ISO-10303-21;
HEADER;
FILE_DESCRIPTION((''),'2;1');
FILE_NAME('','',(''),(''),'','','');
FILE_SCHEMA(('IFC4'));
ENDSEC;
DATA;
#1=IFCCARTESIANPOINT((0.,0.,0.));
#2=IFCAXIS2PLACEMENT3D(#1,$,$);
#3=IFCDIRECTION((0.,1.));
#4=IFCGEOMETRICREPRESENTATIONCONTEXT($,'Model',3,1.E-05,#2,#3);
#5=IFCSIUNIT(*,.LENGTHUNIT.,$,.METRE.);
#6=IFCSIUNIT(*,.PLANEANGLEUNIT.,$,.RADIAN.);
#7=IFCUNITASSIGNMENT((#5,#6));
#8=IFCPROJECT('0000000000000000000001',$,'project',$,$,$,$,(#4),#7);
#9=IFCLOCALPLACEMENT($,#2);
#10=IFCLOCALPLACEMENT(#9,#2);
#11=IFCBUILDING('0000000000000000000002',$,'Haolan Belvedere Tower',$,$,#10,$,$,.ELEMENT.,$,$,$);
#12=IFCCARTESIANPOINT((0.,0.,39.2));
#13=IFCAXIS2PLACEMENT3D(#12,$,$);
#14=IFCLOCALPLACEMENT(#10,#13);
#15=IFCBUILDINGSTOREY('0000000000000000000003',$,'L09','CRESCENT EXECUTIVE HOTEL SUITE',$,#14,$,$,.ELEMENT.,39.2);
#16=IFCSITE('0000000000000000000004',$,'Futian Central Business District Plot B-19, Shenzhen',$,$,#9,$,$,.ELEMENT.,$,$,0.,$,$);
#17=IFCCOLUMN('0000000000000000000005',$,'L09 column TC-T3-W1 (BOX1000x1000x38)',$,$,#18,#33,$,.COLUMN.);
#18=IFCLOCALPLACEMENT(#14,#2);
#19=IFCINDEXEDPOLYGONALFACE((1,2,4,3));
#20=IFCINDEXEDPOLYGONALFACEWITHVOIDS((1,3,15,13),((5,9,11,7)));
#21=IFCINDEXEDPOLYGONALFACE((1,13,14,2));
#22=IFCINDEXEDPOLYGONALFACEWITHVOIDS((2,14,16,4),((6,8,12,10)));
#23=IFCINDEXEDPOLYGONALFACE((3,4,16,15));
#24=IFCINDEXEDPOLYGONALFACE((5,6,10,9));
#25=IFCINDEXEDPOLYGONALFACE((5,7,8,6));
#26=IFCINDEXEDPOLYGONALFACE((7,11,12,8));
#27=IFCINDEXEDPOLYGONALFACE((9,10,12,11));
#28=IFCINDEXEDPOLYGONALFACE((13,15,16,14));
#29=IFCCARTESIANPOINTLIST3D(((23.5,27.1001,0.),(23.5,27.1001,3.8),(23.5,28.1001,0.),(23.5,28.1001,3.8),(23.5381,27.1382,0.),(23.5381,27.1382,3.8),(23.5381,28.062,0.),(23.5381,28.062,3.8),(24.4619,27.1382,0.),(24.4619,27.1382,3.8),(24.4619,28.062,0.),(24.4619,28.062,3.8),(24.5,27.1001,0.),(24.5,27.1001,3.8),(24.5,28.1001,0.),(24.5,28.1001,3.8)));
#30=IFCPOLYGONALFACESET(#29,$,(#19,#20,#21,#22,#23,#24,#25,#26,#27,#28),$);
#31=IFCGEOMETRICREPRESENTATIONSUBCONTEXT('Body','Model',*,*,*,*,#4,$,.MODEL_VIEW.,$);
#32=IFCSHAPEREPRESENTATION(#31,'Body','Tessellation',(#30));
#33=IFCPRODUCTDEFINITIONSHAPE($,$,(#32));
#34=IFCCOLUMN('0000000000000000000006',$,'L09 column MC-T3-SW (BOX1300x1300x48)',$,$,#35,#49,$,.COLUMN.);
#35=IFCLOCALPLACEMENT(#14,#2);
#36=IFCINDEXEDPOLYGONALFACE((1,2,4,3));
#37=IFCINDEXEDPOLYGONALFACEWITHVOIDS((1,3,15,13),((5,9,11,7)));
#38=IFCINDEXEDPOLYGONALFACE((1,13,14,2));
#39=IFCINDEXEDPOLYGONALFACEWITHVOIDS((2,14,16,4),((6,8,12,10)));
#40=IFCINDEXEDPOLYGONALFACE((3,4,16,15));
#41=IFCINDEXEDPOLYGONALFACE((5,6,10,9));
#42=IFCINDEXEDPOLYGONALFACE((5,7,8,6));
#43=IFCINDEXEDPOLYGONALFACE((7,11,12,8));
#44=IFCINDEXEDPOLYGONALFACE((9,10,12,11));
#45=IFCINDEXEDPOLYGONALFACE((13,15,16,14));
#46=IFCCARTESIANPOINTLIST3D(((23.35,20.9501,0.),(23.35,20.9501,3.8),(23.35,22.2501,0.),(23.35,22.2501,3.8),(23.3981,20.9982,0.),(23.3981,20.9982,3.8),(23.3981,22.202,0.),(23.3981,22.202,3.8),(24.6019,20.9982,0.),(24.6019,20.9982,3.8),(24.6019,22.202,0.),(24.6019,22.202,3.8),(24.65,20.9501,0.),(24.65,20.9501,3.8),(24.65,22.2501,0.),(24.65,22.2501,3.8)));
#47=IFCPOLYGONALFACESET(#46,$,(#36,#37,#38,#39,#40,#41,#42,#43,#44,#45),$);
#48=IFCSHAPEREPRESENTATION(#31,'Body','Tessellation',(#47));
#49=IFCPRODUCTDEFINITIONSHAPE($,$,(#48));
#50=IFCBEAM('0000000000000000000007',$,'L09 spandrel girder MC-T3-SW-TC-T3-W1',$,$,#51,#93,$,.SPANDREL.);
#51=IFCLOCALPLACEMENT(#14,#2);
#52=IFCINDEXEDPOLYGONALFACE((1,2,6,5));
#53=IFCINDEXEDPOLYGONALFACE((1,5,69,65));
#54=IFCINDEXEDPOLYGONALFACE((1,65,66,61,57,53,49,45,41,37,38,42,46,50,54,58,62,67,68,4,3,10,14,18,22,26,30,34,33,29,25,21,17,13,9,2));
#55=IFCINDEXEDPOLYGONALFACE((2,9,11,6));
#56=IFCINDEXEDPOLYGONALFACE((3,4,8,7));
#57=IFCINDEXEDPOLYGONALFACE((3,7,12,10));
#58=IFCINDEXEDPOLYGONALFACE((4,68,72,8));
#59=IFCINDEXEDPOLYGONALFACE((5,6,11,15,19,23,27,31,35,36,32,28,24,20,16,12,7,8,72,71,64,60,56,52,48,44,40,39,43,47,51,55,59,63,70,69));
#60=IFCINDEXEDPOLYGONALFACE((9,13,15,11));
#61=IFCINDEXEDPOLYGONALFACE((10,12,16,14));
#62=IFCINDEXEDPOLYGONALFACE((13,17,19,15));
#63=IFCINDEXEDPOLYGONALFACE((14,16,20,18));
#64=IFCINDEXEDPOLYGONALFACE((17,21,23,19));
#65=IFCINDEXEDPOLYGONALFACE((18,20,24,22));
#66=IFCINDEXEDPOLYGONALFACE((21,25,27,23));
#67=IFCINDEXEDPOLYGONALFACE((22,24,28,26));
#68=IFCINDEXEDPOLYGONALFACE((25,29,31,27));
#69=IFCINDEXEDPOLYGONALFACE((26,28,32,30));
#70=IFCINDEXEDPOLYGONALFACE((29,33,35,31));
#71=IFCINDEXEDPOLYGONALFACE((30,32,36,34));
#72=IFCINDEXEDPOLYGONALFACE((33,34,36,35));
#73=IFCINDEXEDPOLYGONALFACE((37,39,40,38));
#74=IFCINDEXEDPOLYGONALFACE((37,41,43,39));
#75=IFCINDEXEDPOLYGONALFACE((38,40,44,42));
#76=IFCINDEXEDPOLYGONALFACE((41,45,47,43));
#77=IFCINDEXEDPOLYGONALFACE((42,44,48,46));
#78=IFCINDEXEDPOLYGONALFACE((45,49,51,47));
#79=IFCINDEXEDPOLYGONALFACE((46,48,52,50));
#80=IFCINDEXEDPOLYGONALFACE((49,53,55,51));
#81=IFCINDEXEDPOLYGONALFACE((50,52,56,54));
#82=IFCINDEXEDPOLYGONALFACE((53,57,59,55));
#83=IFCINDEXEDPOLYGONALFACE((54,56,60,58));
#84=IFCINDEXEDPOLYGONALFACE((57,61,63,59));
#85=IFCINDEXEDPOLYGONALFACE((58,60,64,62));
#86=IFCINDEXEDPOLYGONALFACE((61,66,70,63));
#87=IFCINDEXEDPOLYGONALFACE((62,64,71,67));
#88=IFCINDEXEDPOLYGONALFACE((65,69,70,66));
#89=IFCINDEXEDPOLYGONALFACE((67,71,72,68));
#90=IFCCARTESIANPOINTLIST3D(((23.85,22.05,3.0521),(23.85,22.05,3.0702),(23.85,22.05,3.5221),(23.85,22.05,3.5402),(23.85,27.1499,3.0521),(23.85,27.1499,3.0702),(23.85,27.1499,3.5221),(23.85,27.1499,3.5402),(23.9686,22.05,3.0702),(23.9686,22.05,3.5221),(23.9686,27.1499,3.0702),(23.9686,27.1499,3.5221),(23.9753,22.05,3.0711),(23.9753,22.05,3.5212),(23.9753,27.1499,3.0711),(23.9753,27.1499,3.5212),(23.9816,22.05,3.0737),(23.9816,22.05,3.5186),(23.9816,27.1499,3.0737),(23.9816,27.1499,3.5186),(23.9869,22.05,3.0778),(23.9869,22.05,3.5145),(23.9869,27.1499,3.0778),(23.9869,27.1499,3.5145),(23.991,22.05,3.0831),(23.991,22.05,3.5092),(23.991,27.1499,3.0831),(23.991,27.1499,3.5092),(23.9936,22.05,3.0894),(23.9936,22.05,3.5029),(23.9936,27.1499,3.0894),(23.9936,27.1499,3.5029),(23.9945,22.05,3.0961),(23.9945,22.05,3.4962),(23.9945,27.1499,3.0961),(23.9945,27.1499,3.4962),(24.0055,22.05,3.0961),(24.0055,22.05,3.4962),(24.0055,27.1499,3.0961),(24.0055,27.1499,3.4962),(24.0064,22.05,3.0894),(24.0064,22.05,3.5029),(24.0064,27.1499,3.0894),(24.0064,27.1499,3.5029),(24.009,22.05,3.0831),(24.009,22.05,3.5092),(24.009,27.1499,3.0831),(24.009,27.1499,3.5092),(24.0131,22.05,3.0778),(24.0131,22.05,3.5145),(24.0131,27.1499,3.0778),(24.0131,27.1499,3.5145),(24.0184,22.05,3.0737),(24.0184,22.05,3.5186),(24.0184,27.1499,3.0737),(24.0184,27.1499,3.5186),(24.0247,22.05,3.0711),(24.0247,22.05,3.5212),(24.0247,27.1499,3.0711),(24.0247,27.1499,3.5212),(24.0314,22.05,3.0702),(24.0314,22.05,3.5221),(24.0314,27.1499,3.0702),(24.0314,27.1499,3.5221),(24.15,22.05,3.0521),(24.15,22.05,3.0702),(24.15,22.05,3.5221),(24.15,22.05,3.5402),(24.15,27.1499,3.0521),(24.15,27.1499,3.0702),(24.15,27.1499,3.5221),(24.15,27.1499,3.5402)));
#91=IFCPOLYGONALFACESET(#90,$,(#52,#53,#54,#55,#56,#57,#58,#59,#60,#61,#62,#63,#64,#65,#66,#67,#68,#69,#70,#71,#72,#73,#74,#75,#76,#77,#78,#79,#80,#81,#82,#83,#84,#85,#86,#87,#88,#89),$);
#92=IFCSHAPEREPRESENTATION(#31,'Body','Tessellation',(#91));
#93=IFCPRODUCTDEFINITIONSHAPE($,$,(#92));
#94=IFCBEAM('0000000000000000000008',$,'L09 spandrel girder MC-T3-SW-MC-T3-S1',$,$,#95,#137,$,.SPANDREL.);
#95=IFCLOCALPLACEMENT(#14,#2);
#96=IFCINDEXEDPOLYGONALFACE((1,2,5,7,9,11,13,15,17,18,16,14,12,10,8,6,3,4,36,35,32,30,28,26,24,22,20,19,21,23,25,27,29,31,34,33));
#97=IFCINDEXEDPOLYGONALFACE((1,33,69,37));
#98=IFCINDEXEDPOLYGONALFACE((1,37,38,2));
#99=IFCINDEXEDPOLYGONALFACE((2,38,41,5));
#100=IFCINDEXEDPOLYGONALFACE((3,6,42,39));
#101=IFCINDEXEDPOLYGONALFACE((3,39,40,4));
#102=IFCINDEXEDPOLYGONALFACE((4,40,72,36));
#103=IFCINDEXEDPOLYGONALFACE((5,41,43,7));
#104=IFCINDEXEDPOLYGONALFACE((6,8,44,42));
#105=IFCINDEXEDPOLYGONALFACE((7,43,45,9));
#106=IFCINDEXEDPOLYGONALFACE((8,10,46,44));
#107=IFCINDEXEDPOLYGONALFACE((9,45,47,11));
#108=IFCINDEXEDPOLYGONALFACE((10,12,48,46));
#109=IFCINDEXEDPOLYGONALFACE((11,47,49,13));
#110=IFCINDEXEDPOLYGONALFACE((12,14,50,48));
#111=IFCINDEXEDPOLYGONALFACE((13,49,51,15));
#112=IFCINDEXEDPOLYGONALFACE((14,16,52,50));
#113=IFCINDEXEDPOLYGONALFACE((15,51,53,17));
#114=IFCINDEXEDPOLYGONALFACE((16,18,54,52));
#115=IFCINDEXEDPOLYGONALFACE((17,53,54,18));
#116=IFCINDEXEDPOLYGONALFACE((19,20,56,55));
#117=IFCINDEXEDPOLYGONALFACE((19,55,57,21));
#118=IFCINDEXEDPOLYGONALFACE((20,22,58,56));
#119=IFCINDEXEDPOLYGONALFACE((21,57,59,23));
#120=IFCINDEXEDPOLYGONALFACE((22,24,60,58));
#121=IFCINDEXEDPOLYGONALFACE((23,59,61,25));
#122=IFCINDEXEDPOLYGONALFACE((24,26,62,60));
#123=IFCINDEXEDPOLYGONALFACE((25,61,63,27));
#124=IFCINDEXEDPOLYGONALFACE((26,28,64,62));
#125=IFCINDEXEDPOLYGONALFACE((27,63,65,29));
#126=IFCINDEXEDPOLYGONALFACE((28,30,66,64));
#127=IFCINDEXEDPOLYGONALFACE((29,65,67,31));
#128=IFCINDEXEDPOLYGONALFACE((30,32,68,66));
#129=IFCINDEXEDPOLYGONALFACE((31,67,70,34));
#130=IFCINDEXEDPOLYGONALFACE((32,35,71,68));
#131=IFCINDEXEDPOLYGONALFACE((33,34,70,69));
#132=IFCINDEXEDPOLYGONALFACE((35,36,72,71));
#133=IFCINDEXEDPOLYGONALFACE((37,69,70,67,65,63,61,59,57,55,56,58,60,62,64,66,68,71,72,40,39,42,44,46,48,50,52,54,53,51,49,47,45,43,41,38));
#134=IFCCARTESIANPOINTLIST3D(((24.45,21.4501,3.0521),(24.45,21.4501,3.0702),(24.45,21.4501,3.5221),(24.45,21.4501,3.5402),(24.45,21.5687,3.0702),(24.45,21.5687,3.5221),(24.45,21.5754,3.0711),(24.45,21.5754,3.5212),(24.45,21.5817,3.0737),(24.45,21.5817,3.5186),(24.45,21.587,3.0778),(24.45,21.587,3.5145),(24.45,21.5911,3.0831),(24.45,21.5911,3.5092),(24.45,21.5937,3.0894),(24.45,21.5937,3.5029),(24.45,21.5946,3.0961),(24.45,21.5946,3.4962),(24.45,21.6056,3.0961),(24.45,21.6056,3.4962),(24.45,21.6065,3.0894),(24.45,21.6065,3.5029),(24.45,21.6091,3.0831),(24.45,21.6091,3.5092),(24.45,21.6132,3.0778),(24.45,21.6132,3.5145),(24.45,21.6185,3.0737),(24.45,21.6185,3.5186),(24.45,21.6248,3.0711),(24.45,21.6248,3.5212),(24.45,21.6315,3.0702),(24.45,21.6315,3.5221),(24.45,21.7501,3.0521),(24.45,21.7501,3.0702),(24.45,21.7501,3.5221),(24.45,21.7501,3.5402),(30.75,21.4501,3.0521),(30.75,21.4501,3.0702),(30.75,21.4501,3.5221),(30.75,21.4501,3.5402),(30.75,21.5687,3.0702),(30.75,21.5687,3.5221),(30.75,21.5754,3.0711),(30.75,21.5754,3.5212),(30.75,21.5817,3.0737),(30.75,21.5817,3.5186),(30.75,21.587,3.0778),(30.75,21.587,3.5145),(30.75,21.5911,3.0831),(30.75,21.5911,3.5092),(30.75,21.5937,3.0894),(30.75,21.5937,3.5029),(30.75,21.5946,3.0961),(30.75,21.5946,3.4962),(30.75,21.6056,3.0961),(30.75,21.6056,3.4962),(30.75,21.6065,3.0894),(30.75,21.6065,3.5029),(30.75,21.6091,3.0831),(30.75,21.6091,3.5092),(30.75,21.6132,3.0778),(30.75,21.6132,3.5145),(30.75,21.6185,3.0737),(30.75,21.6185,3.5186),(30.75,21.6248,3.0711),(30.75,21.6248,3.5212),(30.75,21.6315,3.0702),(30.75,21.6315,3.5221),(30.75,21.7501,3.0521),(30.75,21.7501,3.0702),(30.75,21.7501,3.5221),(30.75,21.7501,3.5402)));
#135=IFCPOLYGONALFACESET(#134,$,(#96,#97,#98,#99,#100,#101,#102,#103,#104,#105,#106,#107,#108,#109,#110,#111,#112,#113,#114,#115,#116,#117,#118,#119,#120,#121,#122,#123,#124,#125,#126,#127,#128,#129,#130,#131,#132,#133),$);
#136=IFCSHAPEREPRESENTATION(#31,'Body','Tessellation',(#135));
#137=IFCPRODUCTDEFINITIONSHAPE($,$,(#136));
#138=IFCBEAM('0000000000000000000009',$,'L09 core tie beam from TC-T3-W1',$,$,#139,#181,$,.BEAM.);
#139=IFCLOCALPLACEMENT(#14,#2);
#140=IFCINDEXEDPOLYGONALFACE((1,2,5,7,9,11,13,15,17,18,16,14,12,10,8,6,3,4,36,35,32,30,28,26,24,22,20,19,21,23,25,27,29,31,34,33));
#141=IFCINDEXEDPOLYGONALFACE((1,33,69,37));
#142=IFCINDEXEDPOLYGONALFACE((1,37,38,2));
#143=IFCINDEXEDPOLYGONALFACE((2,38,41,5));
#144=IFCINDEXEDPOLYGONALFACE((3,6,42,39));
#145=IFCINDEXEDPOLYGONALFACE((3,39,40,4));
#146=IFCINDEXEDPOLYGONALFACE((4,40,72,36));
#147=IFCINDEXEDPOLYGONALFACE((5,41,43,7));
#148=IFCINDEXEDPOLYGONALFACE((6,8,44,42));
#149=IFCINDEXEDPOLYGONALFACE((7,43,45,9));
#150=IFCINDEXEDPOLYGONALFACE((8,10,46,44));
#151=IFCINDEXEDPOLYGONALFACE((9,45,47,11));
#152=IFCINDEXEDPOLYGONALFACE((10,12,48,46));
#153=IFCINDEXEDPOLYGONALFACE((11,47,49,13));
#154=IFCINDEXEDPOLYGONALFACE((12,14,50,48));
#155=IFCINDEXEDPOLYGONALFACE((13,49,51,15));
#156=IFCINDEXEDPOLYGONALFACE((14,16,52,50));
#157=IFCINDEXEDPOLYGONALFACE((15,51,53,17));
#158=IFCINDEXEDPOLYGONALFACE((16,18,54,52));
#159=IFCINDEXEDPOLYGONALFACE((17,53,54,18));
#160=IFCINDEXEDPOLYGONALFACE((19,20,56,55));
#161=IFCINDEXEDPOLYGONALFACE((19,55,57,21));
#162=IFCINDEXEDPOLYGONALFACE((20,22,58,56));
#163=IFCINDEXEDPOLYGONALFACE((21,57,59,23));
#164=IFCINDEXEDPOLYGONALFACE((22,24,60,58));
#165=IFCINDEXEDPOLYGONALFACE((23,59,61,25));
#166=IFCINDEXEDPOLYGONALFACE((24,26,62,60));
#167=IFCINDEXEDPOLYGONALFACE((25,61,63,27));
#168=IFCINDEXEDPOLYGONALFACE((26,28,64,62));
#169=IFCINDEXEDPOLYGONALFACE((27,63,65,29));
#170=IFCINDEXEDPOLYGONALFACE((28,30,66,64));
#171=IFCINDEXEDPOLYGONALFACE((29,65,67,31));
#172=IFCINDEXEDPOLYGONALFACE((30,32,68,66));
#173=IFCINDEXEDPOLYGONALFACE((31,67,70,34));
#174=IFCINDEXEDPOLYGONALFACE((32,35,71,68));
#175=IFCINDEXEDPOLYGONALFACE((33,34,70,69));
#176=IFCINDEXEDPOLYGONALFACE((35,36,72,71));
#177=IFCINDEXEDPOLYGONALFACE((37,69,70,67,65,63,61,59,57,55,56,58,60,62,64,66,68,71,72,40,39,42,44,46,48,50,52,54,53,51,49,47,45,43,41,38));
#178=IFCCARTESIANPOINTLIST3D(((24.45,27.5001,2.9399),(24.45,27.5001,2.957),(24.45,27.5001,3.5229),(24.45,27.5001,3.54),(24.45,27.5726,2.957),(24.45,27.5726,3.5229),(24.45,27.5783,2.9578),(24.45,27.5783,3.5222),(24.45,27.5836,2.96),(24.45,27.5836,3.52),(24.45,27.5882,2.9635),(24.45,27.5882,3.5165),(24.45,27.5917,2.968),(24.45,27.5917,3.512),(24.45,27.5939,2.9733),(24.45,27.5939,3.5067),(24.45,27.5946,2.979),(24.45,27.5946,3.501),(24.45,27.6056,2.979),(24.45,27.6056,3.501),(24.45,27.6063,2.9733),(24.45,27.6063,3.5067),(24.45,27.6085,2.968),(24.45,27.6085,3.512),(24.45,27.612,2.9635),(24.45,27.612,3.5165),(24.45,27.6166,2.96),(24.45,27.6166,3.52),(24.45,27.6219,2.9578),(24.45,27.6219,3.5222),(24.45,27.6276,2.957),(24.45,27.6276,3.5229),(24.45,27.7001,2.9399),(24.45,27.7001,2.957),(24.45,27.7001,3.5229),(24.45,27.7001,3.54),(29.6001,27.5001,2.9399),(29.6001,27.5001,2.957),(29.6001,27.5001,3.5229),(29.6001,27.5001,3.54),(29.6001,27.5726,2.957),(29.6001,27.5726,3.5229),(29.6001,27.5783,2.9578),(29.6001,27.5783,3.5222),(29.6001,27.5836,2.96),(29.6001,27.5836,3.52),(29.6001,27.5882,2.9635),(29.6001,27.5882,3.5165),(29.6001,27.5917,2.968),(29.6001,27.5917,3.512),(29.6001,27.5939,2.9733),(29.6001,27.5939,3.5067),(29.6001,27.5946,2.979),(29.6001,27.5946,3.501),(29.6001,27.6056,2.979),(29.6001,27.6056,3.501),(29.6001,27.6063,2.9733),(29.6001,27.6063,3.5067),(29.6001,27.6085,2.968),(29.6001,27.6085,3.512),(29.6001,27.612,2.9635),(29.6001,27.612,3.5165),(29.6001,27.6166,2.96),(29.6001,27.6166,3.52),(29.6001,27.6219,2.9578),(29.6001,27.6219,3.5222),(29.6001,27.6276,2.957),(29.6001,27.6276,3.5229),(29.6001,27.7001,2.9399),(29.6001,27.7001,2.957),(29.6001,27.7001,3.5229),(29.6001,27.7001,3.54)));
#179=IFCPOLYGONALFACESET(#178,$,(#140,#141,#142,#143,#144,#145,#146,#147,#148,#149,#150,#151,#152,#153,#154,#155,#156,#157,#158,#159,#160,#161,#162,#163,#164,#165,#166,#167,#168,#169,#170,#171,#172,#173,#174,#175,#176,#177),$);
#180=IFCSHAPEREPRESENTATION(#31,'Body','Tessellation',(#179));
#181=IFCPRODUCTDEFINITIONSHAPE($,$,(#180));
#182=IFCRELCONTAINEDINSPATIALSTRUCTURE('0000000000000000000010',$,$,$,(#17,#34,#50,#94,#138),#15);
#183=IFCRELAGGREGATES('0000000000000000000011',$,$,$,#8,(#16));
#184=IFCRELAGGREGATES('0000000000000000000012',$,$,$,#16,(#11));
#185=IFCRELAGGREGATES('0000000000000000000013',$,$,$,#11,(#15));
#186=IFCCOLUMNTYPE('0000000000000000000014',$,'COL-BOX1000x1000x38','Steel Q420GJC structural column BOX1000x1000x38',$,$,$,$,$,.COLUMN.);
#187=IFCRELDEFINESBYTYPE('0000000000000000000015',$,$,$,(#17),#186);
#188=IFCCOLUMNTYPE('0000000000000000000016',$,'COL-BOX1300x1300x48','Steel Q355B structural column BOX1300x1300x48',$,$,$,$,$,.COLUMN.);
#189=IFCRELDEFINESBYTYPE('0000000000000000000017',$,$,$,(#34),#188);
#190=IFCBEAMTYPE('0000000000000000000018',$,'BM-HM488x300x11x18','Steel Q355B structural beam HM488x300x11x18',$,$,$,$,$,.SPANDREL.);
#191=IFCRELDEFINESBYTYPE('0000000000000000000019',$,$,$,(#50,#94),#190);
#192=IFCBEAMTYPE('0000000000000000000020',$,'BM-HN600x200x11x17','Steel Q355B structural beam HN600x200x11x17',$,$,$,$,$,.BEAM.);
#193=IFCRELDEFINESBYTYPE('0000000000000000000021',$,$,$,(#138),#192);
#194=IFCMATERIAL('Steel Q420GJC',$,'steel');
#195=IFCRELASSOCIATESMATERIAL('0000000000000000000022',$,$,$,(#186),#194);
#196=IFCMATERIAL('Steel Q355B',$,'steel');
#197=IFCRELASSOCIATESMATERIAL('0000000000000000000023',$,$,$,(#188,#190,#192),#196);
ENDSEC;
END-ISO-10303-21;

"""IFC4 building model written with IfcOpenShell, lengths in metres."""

from ifc_helpers import new_model, si_unit, direction, frame, origin, origin_2d, place, context, subcontext, project, spatial, hollow_rectangle, i_section, extrude, material, material_profile, profile_set, type_object, element, save


model = new_model("IFC4")

# Units and contexts
model_context = context("Model", 3, precision=1e-05, world=origin(), true_north=direction((0.0, 1.0)))
body_context = subcontext(model_context, "Body", "Model", "MODEL_VIEW")
ifc_project = project(units=[si_unit("LENGTHUNIT", "METRE"), si_unit("PLANEANGLEUNIT", "RADIAN")], contexts=[model_context])

# Site, building, storey
site_placement = place(None, origin())
site = spatial("IfcSite", under=ifc_project, at=site_placement, Name="Futian Central Business District Plot B-19, Shenzhen", CompositionType="ELEMENT", RefElevation=0.0)
building_placement = place(site_placement, origin())
building = spatial("IfcBuilding", under=site, at=building_placement, Name="Haolan Belvedere Tower", CompositionType="ELEMENT")
storey_placement = place(building_placement, frame((0.0, 0.0, 39.2)))
storey = spatial("IfcBuildingStorey", under=building, at=storey_placement, Name="L09", Description="CRESCENT EXECUTIVE HOTEL SUITE", CompositionType="ELEMENT", Elevation=39.2)

# Columns
ifc_material_1 = material(Name="Steel Q420GJC", Category="steel")
ifc_material_profile_1 = material_profile(ifc_material_1, hollow_rectangle(XDim=1.0, YDim=1.0, WallThickness=0.0381, at=origin_2d()), Name="Steel Q420GJC")
ifc_profile_set_1 = profile_set([ifc_material_profile_1], Name="Steel Q420GJC")
column_type_1 = type_object("IfcColumnType", Name="COL-BOX1000x1000x38", Description="Steel Q420GJC structural column BOX1000x1000x38", PredefinedType="COLUMN", material=ifc_profile_set_1)
column_1_placement = place(storey_placement, frame((24.0, 27.6001, 0.0), z_axis=(0.0, 0.0, 1.0), x_axis=(1.0, 0.0, 0.0)))
element("IfcColumn", 1, at=column_1_placement, inside=storey, type_object=column_type_1, Name="L09 column TC-T3-W1 (BOX1000x1000x38)", PredefinedType="COLUMN", context=body_context, shape_type="SweptSolid", body=[
    extrude(hollow_rectangle(XDim=1.0, YDim=1.0, WallThickness=0.0381, at=origin_2d()), origin(), (0.0, 0.0, 1.0), 3.8),
])
ifc_material_2 = material(Name="Steel Q355B", Category="steel")
ifc_material_profile_2 = material_profile(ifc_material_2, hollow_rectangle(XDim=1.3, YDim=1.3, WallThickness=0.0481, at=origin_2d()), Name="Steel Q355B")
ifc_profile_set_2 = profile_set([ifc_material_profile_2], Name="Steel Q355B")
column_type_2 = type_object("IfcColumnType", Name="COL-BOX1300x1300x48", Description="Steel Q355B structural column BOX1300x1300x48", PredefinedType="COLUMN", material=ifc_profile_set_2)
column_2_placement = place(storey_placement, frame((24.0, 21.6001, 0.0), z_axis=(0.0, 0.0, 1.0), x_axis=(1.0, 0.0, 0.0)))
element("IfcColumn", 2, at=column_2_placement, inside=storey, type_object=column_type_2, Name="L09 column MC-T3-SW (BOX1300x1300x48)", PredefinedType="COLUMN", context=body_context, shape_type="SweptSolid", body=[
    extrude(hollow_rectangle(XDim=1.3, YDim=1.3, WallThickness=0.0481, at=origin_2d()), origin(), (0.0, 0.0, 1.0), 3.8),
])

# Beams
ifc_material_profile_3 = material_profile(ifc_material_2, i_section(OverallWidth=0.3, OverallDepth=0.488, WebThickness=0.011, FlangeThickness=0.0181, FilletRadius=0.0259, at=origin_2d()), Name="Steel Q355B")
ifc_profile_set_3 = profile_set([ifc_material_profile_3], Name="Steel Q355B")
beam_type_1 = type_object("IfcBeamType", Name="BM-HM488x300x11x18", Description="Steel Q355B structural beam HM488x300x11x18", PredefinedType="SPANDREL", material=ifc_profile_set_3)
beam_1_placement = place(storey_placement, frame((24.0, 22.05, 3.2961), z_axis=(0.0, 1.0, 0.0), x_axis=(-1.0, 0.0, 0.0)))
element("IfcBeam", 3, at=beam_1_placement, inside=storey, type_object=beam_type_1, Name="L09 spandrel girder MC-T3-SW-TC-T3-W1", PredefinedType="SPANDREL", context=body_context, shape_type="SweptSolid", body=[
    extrude(i_section(OverallWidth=0.3, OverallDepth=0.488, WebThickness=0.011, FlangeThickness=0.0181, FilletRadius=0.0259, at=origin_2d()), origin(), (0.0, 0.0, 1.0), 5.0999),
])
beam_2_placement = place(storey_placement, frame((24.45, 21.6001, 3.2961), z_axis=(1.0, 0.0, 0.0), x_axis=(0.0, 1.0, 0.0)))
element("IfcBeam", 4, at=beam_2_placement, inside=storey, type_object=beam_type_1, Name="L09 spandrel girder MC-T3-SW-MC-T3-S1", PredefinedType="SPANDREL", context=body_context, shape_type="SweptSolid", body=[
    extrude(i_section(OverallWidth=0.3, OverallDepth=0.488, WebThickness=0.011, FlangeThickness=0.0181, FilletRadius=0.0259, at=origin_2d()), origin(), (0.0, 0.0, 1.0), 6.3),
])
ifc_material_profile_4 = material_profile(ifc_material_2, i_section(OverallWidth=0.2, OverallDepth=0.6001, WebThickness=0.011, FlangeThickness=0.0171, FilletRadius=0.022, at=origin_2d()), Name="Steel Q355B")
ifc_profile_set_4 = profile_set([ifc_material_profile_4], Name="Steel Q355B")
beam_type_2 = type_object("IfcBeamType", Name="BM-HN600x200x11x17", Description="Steel Q355B structural beam HN600x200x11x17", PredefinedType="BEAM", material=ifc_profile_set_4)
beam_3_placement = place(storey_placement, frame((24.45, 27.6001, 3.24), z_axis=(1.0, 0.0, 0.0), x_axis=(0.0, 1.0, 0.0)))
element("IfcBeam", 5, at=beam_3_placement, inside=storey, type_object=beam_type_2, Name="L09 core tie beam from TC-T3-W1", PredefinedType="BEAM", context=body_context, shape_type="SweptSolid", body=[
    extrude(i_section(OverallWidth=0.2, OverallDepth=0.6001, WebThickness=0.011, FlangeThickness=0.0171, FilletRadius=0.022, at=origin_2d()), origin(), (0.0, 0.0, 1.0), 5.1501),
])

save(model, "model.ifc")
